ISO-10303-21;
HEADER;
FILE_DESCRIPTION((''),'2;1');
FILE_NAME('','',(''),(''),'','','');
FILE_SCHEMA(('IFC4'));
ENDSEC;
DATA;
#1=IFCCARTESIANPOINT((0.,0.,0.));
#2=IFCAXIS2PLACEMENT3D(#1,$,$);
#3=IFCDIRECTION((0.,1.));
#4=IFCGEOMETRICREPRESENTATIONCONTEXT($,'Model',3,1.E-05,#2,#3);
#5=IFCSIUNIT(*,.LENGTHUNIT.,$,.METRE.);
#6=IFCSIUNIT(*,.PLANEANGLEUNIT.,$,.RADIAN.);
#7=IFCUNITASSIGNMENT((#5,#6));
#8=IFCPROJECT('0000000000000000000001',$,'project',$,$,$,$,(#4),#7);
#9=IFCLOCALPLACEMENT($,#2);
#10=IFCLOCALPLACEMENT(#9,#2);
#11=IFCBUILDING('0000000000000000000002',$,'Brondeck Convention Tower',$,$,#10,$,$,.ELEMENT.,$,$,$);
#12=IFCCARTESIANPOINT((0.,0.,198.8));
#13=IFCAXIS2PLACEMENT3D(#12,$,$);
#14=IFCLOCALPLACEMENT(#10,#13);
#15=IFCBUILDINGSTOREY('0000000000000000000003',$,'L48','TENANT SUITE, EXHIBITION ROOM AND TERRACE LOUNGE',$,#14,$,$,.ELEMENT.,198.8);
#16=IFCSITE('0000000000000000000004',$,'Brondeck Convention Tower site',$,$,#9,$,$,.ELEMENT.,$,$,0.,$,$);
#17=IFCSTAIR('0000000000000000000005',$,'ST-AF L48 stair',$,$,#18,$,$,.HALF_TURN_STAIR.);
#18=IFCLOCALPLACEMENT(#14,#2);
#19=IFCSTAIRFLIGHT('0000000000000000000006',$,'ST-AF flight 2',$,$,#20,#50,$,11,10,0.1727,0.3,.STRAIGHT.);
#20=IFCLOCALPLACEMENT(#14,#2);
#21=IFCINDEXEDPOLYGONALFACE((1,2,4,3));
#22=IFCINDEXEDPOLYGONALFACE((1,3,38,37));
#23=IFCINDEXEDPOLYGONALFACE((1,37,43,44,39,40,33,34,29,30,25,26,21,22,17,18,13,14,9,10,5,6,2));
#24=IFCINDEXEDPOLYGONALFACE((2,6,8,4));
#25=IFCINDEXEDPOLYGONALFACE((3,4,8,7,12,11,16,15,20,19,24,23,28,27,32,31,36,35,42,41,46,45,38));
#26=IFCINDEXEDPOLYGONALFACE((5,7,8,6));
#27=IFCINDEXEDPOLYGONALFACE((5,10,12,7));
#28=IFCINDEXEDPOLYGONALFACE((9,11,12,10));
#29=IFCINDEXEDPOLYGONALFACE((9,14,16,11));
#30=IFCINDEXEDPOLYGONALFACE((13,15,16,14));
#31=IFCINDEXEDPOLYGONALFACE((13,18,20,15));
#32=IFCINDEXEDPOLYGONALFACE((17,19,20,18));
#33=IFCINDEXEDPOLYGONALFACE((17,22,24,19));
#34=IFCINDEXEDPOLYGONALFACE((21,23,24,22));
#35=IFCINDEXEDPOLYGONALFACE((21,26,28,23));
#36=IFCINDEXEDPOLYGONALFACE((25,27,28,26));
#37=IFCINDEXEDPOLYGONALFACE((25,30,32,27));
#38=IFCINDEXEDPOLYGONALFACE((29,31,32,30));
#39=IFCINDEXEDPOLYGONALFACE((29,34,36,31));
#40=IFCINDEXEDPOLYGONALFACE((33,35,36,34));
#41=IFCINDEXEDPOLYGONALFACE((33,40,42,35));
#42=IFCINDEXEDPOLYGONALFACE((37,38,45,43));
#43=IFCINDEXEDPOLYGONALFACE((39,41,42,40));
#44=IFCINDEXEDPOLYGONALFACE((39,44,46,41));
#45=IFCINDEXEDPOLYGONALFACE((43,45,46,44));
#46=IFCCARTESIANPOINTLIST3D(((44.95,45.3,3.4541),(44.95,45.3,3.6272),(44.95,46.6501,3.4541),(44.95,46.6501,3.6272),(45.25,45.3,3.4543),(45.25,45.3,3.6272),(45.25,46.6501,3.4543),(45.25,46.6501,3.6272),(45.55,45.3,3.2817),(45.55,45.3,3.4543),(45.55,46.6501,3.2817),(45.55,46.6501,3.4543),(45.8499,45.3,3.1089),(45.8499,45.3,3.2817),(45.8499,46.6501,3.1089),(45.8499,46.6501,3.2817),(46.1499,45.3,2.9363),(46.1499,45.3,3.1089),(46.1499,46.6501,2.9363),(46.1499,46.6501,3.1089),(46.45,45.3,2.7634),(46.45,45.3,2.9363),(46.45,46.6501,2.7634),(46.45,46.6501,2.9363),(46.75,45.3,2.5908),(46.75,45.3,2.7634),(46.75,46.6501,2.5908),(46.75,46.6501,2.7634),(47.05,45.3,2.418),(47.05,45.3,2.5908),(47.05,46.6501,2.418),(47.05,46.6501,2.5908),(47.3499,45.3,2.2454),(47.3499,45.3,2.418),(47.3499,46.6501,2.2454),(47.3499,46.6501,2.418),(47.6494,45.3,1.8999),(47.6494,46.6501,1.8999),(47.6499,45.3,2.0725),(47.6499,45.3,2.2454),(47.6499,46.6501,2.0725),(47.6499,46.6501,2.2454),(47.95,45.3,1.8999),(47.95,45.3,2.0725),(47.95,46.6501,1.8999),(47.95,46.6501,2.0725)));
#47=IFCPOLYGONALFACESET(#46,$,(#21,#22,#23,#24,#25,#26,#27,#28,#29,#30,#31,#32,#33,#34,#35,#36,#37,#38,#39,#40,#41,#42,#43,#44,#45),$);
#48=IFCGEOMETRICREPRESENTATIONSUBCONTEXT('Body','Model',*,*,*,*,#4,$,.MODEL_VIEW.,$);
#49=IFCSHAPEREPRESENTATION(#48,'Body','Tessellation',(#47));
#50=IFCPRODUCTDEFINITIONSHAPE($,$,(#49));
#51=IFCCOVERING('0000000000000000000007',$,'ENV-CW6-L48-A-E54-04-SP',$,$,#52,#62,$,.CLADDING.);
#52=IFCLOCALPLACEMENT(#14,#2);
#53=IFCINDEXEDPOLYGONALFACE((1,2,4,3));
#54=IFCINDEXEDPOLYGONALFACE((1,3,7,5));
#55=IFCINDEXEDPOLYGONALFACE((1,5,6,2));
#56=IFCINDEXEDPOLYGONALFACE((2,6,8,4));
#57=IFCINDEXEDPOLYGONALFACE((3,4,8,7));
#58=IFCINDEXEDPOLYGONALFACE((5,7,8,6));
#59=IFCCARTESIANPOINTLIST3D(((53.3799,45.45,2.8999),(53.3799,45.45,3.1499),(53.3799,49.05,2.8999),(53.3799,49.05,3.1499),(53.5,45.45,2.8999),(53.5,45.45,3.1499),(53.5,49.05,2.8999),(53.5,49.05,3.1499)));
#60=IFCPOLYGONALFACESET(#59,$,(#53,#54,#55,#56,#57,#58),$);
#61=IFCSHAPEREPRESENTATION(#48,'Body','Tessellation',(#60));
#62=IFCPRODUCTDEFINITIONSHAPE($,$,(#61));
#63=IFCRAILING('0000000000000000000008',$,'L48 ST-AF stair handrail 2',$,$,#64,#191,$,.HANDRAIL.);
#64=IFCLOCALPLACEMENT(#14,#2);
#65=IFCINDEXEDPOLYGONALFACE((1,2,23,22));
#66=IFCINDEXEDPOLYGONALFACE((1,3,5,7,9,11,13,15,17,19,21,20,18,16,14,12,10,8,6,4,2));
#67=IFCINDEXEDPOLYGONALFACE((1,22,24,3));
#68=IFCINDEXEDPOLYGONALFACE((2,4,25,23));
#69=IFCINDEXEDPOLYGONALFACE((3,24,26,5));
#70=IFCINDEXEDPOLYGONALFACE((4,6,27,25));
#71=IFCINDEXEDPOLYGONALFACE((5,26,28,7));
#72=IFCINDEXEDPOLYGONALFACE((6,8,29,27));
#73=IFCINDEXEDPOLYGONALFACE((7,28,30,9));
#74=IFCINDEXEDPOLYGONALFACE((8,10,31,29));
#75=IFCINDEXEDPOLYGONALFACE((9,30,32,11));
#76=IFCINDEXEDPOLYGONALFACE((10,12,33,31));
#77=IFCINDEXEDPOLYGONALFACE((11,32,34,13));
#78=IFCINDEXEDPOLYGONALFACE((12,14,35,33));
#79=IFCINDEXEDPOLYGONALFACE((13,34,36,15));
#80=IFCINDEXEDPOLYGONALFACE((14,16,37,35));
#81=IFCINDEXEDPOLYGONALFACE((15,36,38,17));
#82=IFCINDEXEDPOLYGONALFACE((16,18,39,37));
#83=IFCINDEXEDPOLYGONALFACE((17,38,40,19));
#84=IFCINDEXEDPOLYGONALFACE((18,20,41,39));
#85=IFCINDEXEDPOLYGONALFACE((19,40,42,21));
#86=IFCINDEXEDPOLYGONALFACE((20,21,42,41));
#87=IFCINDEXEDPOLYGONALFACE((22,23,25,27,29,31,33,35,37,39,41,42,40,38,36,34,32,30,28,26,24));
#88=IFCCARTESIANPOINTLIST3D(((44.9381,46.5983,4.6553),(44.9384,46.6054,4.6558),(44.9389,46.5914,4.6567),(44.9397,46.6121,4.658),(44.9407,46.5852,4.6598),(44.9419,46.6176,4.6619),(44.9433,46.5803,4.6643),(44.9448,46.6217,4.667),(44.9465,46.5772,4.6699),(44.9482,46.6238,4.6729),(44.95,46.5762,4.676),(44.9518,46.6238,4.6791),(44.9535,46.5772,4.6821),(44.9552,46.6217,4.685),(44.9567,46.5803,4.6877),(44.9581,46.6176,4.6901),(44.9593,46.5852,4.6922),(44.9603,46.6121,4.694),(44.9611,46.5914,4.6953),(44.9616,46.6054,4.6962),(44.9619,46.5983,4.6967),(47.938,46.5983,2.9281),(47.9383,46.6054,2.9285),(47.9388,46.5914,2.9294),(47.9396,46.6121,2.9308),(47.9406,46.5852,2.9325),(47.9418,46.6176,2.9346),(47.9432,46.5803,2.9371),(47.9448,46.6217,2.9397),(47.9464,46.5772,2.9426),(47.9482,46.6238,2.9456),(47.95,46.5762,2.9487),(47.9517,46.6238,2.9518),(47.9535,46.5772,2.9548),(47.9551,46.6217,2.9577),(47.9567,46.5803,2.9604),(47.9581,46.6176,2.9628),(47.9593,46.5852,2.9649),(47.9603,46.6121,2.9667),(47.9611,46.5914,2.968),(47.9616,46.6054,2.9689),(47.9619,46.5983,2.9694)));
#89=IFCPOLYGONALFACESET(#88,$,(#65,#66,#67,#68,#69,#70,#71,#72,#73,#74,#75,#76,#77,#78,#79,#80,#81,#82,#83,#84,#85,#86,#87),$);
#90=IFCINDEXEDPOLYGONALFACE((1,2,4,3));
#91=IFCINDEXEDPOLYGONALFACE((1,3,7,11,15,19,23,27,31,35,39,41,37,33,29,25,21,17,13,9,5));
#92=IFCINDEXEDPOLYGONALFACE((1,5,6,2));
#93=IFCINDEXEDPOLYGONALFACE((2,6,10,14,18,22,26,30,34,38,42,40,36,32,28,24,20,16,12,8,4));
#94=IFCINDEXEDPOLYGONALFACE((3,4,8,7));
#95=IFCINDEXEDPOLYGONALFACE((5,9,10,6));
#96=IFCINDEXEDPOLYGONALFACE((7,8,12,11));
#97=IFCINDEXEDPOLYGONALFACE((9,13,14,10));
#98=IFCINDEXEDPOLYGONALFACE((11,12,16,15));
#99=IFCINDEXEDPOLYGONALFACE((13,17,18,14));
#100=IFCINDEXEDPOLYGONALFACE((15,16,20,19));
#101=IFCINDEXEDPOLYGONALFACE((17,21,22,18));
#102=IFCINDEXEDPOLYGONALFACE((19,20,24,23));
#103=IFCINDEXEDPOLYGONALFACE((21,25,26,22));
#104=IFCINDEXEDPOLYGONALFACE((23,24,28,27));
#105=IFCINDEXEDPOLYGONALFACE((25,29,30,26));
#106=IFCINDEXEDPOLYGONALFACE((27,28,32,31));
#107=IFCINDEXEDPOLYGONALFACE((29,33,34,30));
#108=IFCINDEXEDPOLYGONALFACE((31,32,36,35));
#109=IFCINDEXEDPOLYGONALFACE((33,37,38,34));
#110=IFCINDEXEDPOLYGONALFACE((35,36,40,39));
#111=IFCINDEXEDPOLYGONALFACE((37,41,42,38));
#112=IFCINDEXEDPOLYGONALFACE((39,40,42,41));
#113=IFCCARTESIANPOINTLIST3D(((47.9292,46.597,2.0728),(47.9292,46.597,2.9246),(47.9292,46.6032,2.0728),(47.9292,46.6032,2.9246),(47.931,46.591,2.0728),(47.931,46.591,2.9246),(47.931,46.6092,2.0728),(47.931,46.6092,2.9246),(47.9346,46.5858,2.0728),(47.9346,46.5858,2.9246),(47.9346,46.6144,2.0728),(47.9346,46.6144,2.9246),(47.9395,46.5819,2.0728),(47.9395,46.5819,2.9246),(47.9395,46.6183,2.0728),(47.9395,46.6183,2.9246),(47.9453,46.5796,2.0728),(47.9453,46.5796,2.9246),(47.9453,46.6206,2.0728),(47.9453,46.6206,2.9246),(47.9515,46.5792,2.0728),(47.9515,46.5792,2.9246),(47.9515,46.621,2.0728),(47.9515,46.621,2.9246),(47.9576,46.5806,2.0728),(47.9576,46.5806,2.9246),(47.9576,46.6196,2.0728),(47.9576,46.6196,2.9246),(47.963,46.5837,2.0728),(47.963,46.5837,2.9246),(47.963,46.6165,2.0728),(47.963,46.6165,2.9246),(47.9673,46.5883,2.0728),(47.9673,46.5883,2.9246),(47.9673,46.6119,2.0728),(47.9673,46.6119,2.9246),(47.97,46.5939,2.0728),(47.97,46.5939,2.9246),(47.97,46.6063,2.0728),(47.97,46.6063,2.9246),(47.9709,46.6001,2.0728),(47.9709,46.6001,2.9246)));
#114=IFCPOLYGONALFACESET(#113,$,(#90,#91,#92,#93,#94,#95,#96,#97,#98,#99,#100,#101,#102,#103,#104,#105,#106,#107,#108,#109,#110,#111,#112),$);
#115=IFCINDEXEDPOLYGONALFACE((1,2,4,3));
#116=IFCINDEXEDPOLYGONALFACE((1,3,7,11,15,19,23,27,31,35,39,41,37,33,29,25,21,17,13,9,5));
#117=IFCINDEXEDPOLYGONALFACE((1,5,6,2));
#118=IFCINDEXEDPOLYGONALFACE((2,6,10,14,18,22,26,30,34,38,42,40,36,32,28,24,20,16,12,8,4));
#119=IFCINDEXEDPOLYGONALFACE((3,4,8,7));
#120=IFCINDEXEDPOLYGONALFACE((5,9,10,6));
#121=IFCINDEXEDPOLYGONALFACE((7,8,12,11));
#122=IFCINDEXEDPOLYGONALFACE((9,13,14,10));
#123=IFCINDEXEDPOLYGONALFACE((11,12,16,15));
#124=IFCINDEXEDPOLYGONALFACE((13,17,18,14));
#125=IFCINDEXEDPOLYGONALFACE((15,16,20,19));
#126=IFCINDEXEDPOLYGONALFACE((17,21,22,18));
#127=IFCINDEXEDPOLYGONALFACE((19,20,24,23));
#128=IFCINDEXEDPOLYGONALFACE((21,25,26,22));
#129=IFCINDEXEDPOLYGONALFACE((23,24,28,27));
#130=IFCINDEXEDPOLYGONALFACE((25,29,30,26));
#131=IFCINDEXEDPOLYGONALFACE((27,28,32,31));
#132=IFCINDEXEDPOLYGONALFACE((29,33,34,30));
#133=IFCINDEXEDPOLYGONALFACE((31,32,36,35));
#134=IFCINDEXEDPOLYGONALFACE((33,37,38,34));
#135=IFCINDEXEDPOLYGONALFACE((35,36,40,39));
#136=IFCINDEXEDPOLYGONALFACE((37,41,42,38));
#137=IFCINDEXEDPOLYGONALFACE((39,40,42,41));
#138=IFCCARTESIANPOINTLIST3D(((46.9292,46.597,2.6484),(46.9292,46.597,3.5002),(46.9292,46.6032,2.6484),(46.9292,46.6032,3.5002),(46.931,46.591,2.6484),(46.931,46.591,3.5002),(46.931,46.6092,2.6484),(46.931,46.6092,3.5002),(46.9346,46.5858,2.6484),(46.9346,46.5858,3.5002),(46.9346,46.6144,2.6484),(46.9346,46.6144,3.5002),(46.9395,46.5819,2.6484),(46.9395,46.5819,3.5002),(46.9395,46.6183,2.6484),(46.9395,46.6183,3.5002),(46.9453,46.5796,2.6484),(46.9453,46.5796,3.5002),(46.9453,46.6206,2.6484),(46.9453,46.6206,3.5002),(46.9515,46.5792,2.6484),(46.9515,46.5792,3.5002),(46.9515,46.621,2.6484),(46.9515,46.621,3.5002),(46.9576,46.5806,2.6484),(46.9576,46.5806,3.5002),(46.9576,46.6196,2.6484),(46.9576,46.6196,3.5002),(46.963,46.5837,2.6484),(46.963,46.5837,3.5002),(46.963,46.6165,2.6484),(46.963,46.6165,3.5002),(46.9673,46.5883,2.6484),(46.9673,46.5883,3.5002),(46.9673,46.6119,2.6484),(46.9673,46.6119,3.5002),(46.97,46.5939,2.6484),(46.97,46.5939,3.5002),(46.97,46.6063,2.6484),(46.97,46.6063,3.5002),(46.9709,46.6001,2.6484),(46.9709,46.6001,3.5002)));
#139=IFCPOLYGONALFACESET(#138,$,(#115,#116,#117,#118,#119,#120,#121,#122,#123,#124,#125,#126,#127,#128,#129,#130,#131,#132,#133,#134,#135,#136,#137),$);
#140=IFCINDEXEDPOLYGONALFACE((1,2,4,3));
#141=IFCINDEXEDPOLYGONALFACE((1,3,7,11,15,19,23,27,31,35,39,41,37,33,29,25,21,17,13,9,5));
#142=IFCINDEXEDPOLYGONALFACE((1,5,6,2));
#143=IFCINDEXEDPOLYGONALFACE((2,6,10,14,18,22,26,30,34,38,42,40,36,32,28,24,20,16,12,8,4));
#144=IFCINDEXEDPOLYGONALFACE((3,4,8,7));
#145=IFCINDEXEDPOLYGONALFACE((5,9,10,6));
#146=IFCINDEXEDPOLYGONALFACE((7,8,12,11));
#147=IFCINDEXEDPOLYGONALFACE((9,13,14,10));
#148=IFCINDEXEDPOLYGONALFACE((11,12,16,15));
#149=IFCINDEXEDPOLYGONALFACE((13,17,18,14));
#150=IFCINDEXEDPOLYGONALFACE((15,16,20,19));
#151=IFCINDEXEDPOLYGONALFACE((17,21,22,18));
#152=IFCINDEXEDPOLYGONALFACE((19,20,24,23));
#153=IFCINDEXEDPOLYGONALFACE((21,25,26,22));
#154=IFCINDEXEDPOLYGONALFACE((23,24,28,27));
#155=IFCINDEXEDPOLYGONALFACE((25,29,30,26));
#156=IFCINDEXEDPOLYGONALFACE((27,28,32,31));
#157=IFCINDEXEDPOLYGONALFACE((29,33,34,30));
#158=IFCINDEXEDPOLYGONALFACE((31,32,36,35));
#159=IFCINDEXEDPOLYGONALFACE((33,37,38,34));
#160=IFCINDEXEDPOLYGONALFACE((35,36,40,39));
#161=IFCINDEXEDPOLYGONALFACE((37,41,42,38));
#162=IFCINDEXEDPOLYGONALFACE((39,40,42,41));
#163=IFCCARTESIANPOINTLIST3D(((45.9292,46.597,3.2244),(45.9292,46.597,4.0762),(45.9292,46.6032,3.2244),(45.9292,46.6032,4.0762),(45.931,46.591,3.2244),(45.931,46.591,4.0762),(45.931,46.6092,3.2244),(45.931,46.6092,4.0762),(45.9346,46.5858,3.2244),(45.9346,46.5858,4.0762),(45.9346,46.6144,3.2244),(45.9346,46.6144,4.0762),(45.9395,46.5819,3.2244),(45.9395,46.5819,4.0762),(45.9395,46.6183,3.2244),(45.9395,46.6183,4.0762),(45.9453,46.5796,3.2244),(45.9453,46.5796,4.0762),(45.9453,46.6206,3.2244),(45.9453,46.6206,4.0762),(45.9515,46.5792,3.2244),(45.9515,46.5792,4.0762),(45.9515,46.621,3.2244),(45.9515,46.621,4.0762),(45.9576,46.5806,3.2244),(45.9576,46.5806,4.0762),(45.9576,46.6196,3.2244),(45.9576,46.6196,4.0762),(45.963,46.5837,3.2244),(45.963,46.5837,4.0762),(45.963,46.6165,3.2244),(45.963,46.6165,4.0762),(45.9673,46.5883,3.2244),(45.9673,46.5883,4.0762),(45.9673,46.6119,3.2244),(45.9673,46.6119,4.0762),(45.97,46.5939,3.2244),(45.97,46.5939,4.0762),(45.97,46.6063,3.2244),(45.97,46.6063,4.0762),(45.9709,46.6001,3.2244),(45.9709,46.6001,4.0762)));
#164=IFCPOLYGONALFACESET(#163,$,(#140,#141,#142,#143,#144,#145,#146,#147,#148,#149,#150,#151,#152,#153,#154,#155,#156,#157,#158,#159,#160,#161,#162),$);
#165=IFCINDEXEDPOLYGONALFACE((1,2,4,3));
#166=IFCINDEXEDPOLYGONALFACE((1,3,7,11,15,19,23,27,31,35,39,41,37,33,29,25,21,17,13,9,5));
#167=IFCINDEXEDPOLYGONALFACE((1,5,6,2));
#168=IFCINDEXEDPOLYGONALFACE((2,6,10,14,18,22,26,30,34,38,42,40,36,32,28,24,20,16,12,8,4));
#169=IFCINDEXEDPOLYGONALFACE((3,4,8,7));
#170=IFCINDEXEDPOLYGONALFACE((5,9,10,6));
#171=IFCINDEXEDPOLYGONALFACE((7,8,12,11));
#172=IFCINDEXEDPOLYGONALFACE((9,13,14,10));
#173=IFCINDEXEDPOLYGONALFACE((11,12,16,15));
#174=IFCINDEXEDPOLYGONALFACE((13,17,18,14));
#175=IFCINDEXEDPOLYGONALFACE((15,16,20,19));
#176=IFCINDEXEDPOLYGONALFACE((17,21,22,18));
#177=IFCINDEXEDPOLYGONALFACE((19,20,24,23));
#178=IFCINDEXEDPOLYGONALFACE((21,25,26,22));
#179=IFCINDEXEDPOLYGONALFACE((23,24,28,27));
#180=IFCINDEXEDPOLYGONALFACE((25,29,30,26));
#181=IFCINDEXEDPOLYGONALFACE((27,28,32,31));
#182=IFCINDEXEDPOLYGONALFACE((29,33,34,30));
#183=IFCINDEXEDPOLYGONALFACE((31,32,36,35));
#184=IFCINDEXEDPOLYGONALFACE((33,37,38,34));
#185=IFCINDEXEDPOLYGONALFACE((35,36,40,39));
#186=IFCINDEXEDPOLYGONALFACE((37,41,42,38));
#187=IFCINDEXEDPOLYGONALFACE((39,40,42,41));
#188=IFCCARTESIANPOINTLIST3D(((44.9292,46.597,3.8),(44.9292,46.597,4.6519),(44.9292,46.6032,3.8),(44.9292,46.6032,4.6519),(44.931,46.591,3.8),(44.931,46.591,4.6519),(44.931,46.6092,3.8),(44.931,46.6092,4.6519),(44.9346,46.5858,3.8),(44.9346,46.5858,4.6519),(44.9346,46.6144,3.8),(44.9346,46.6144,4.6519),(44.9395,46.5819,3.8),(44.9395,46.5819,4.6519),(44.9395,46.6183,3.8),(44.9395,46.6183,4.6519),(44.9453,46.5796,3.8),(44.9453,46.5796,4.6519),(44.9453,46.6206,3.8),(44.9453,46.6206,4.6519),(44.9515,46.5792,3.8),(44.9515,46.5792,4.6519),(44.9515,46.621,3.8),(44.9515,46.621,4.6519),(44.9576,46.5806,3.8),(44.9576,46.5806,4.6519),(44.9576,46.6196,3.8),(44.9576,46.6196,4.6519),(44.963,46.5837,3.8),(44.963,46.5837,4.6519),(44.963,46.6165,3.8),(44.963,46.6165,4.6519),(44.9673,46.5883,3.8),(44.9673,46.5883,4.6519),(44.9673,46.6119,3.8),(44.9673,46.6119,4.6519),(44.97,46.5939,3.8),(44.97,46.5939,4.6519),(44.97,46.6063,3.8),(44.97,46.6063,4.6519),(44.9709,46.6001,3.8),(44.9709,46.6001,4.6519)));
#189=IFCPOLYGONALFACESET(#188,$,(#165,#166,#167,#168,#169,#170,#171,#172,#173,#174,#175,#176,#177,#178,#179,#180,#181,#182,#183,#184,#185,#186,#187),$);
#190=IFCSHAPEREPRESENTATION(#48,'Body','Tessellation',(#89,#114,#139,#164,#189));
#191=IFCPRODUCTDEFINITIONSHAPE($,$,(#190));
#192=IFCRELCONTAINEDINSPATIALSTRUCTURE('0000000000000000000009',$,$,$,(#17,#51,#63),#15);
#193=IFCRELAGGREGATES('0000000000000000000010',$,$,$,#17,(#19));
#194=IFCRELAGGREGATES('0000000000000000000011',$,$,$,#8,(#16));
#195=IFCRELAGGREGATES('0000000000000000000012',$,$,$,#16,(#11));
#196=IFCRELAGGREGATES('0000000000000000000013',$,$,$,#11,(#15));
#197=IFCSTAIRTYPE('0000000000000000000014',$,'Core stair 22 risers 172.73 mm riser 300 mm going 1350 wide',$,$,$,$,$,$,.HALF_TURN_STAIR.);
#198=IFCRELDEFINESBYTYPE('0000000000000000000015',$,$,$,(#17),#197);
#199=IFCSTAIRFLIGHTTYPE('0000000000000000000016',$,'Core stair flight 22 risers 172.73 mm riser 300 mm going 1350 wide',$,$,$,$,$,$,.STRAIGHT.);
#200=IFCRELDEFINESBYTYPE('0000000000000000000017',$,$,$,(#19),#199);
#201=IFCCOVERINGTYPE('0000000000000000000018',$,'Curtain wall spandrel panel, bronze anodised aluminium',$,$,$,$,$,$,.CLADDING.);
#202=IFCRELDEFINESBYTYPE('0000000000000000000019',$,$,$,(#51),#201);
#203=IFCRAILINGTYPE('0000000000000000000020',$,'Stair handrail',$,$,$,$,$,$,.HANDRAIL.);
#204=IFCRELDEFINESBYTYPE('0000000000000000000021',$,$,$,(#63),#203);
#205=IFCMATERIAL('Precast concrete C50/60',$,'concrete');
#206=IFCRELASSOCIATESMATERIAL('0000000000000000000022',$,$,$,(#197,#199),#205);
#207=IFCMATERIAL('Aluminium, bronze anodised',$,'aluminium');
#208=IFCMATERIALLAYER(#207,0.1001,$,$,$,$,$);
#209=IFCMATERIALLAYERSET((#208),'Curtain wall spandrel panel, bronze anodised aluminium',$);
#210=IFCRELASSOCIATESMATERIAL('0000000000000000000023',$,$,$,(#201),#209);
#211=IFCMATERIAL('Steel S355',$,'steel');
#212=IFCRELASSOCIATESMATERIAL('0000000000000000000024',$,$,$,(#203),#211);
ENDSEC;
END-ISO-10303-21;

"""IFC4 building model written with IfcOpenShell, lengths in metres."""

from ifc_helpers import new_model, si_unit, direction, frame, origin, origin_2d, place, context, subcontext, project, spatial, polyline, rectangle, circle, outline, extrude, material, layer, layer_set, type_object, element, aggregate, save


model = new_model("IFC4")

# Units and contexts
model_context = context("Model", 3, precision=1e-05, world=origin(), true_north=direction((0.0, 1.0)))
body_context = subcontext(model_context, "Body", "Model", "MODEL_VIEW")
ifc_project = project(units=[si_unit("LENGTHUNIT", "METRE"), si_unit("PLANEANGLEUNIT", "RADIAN")], contexts=[model_context])

# Site, building, storey
site_placement = place(None, origin())
site = spatial("IfcSite", under=ifc_project, at=site_placement, Name="Brondeck Convention Tower site", CompositionType="ELEMENT", RefElevation=0.0)
building_placement = place(site_placement, origin())
building = spatial("IfcBuilding", under=site, at=building_placement, Name="Brondeck Convention Tower", CompositionType="ELEMENT")
storey_placement = place(building_placement, frame((0.0, 0.0, 198.8)))
storey = spatial("IfcBuildingStorey", under=building, at=storey_placement, Name="L48", Description="TENANT SUITE, EXHIBITION ROOM AND TERRACE LOUNGE", CompositionType="ELEMENT", Elevation=198.8)

# Shared definitions
ifc_material_1 = material(Name="Aluminium, bronze anodised", Category="aluminium")

# Shared definitions
ifc_material_2 = material(Name="Steel S355", Category="steel")

# Stair, stair flight
ifc_material_3 = material(Name="Precast concrete C50/60", Category="concrete")
stair_type = type_object("IfcStairType", Name="Core stair 22 risers 172.73 mm riser 300 mm going 1350 wide", PredefinedType="HALF_TURN_STAIR", material=ifc_material_3)
stair_placement = place(storey_placement, origin())
stair = element("IfcStair", 1, at=stair_placement, inside=storey, type_object=stair_type, Name="ST-AF L48 stair", PredefinedType="HALF_TURN_STAIR")
stair_flight_type = type_object("IfcStairFlightType", Name="Core stair flight 22 risers 172.73 mm riser 300 mm going 1350 wide", PredefinedType="STRAIGHT", material=ifc_material_3)
stair_flight_placement = place(storey_placement, frame((47.95, 45.9751, 1.8999), z_axis=(0.0, 0.0, 1.0), x_axis=(-1.0, 0.0, 0.0)))
stair_flight = element("IfcStairFlight", 2, at=stair_flight_placement, type_object=stair_flight_type, Name="ST-AF flight 2", NumberOfRisers=11, NumberOfTreads=10, PredefinedType="STRAIGHT", RiserHeight=0.1727, TreadLength=0.3, context=body_context, shape_type="SweptSolid", body=[
    extrude(outline(polyline([(0.0, 0.0), (0.0, 0.1726), (0.3, 0.1726), (0.3, 0.3455), (0.6001, 0.3455), (0.6001, 0.5181), (0.8999, 0.5181), (0.8999, 0.6909), (1.2, 0.6909), (1.2, 0.8635), (1.5, 0.8635), (1.5, 1.0364), (1.8, 1.0364), (1.8, 1.209), (2.1001, 1.209), (2.1001, 1.3818), (2.3999, 1.3818), (2.3999, 1.5544), (2.7, 1.5544), (2.7, 1.7273), (3.0, 1.7273), (3.0, 1.8999), (3.0, 1.5542), (0.3005, 0.0), (0.0, 0.0)])), frame((0.0, 0.675, 0.0), z_axis=(0.0, -1.0, 0.0), x_axis=(1.0, 0.0, 0.0)), (0.0, 0.0, 1.0), 1.3501),
])
aggregate(stair, [stair_flight])

# Covering
ifc_layer_1 = layer(ifc_material_1, 0.1001)
ifc_layer_set_1 = layer_set([ifc_layer_1], Name="Curtain wall spandrel panel, bronze anodised aluminium")
covering_type = type_object("IfcCoveringType", Name="Curtain wall spandrel panel, bronze anodised aluminium", PredefinedType="CLADDING", material=ifc_layer_set_1)
covering_placement = place(storey_placement, frame((53.4399, 47.25, 2.8999), z_axis=(0.0, 0.0, 1.0), x_axis=(0.0, -1.0, 0.0)))
element("IfcCovering", 3, at=covering_placement, inside=storey, type_object=covering_type, Name="ENV-CW6-L48-A-E54-04-SP", PredefinedType="CLADDING", context=body_context, shape_type="SweptSolid", body=[
    extrude(rectangle(XDim=3.6001, YDim=0.1201, at=origin_2d()), origin(), (0.0, 0.0, 1.0), 0.25),
])

# Railing
railing_type = type_object("IfcRailingType", Name="Stair handrail", PredefinedType="HANDRAIL", material=ifc_material_2)
railing_placement = place(storey_placement, frame((47.95, 46.6001, 2.0728)))
element("IfcRailing", 4, at=railing_placement, inside=storey, type_object=railing_type, Name="L48 ST-AF stair handrail 2", PredefinedType="HANDRAIL", context=body_context, shape_type="SweptSolid", body=[
    extrude(circle(Radius=0.0239, at=origin_2d()), frame((0.0, 0.0, 0.876), z_axis=(-0.86662, 0.0, 0.498969), x_axis=(0.0, -1.0, 0.0)), (0.0, 0.0, 1.0), 3.4617),
    extrude(circle(Radius=0.021, at=origin_2d()), origin(), (0.0, 0.0, 1.0), 0.8518),
    extrude(circle(Radius=0.021, at=origin_2d()), frame((-1.0, 0.0, 0.5757)), (0.0, 0.0, 1.0), 0.8518),
    extrude(circle(Radius=0.021, at=origin_2d()), frame((-2.0, 0.0, 1.1516)), (0.0, 0.0, 1.0), 0.8518),
    extrude(circle(Radius=0.021, at=origin_2d()), frame((-3.0, 0.0, 1.7273)), (0.0, 0.0, 1.0), 0.8518),
])

save(model, "model.ifc")
